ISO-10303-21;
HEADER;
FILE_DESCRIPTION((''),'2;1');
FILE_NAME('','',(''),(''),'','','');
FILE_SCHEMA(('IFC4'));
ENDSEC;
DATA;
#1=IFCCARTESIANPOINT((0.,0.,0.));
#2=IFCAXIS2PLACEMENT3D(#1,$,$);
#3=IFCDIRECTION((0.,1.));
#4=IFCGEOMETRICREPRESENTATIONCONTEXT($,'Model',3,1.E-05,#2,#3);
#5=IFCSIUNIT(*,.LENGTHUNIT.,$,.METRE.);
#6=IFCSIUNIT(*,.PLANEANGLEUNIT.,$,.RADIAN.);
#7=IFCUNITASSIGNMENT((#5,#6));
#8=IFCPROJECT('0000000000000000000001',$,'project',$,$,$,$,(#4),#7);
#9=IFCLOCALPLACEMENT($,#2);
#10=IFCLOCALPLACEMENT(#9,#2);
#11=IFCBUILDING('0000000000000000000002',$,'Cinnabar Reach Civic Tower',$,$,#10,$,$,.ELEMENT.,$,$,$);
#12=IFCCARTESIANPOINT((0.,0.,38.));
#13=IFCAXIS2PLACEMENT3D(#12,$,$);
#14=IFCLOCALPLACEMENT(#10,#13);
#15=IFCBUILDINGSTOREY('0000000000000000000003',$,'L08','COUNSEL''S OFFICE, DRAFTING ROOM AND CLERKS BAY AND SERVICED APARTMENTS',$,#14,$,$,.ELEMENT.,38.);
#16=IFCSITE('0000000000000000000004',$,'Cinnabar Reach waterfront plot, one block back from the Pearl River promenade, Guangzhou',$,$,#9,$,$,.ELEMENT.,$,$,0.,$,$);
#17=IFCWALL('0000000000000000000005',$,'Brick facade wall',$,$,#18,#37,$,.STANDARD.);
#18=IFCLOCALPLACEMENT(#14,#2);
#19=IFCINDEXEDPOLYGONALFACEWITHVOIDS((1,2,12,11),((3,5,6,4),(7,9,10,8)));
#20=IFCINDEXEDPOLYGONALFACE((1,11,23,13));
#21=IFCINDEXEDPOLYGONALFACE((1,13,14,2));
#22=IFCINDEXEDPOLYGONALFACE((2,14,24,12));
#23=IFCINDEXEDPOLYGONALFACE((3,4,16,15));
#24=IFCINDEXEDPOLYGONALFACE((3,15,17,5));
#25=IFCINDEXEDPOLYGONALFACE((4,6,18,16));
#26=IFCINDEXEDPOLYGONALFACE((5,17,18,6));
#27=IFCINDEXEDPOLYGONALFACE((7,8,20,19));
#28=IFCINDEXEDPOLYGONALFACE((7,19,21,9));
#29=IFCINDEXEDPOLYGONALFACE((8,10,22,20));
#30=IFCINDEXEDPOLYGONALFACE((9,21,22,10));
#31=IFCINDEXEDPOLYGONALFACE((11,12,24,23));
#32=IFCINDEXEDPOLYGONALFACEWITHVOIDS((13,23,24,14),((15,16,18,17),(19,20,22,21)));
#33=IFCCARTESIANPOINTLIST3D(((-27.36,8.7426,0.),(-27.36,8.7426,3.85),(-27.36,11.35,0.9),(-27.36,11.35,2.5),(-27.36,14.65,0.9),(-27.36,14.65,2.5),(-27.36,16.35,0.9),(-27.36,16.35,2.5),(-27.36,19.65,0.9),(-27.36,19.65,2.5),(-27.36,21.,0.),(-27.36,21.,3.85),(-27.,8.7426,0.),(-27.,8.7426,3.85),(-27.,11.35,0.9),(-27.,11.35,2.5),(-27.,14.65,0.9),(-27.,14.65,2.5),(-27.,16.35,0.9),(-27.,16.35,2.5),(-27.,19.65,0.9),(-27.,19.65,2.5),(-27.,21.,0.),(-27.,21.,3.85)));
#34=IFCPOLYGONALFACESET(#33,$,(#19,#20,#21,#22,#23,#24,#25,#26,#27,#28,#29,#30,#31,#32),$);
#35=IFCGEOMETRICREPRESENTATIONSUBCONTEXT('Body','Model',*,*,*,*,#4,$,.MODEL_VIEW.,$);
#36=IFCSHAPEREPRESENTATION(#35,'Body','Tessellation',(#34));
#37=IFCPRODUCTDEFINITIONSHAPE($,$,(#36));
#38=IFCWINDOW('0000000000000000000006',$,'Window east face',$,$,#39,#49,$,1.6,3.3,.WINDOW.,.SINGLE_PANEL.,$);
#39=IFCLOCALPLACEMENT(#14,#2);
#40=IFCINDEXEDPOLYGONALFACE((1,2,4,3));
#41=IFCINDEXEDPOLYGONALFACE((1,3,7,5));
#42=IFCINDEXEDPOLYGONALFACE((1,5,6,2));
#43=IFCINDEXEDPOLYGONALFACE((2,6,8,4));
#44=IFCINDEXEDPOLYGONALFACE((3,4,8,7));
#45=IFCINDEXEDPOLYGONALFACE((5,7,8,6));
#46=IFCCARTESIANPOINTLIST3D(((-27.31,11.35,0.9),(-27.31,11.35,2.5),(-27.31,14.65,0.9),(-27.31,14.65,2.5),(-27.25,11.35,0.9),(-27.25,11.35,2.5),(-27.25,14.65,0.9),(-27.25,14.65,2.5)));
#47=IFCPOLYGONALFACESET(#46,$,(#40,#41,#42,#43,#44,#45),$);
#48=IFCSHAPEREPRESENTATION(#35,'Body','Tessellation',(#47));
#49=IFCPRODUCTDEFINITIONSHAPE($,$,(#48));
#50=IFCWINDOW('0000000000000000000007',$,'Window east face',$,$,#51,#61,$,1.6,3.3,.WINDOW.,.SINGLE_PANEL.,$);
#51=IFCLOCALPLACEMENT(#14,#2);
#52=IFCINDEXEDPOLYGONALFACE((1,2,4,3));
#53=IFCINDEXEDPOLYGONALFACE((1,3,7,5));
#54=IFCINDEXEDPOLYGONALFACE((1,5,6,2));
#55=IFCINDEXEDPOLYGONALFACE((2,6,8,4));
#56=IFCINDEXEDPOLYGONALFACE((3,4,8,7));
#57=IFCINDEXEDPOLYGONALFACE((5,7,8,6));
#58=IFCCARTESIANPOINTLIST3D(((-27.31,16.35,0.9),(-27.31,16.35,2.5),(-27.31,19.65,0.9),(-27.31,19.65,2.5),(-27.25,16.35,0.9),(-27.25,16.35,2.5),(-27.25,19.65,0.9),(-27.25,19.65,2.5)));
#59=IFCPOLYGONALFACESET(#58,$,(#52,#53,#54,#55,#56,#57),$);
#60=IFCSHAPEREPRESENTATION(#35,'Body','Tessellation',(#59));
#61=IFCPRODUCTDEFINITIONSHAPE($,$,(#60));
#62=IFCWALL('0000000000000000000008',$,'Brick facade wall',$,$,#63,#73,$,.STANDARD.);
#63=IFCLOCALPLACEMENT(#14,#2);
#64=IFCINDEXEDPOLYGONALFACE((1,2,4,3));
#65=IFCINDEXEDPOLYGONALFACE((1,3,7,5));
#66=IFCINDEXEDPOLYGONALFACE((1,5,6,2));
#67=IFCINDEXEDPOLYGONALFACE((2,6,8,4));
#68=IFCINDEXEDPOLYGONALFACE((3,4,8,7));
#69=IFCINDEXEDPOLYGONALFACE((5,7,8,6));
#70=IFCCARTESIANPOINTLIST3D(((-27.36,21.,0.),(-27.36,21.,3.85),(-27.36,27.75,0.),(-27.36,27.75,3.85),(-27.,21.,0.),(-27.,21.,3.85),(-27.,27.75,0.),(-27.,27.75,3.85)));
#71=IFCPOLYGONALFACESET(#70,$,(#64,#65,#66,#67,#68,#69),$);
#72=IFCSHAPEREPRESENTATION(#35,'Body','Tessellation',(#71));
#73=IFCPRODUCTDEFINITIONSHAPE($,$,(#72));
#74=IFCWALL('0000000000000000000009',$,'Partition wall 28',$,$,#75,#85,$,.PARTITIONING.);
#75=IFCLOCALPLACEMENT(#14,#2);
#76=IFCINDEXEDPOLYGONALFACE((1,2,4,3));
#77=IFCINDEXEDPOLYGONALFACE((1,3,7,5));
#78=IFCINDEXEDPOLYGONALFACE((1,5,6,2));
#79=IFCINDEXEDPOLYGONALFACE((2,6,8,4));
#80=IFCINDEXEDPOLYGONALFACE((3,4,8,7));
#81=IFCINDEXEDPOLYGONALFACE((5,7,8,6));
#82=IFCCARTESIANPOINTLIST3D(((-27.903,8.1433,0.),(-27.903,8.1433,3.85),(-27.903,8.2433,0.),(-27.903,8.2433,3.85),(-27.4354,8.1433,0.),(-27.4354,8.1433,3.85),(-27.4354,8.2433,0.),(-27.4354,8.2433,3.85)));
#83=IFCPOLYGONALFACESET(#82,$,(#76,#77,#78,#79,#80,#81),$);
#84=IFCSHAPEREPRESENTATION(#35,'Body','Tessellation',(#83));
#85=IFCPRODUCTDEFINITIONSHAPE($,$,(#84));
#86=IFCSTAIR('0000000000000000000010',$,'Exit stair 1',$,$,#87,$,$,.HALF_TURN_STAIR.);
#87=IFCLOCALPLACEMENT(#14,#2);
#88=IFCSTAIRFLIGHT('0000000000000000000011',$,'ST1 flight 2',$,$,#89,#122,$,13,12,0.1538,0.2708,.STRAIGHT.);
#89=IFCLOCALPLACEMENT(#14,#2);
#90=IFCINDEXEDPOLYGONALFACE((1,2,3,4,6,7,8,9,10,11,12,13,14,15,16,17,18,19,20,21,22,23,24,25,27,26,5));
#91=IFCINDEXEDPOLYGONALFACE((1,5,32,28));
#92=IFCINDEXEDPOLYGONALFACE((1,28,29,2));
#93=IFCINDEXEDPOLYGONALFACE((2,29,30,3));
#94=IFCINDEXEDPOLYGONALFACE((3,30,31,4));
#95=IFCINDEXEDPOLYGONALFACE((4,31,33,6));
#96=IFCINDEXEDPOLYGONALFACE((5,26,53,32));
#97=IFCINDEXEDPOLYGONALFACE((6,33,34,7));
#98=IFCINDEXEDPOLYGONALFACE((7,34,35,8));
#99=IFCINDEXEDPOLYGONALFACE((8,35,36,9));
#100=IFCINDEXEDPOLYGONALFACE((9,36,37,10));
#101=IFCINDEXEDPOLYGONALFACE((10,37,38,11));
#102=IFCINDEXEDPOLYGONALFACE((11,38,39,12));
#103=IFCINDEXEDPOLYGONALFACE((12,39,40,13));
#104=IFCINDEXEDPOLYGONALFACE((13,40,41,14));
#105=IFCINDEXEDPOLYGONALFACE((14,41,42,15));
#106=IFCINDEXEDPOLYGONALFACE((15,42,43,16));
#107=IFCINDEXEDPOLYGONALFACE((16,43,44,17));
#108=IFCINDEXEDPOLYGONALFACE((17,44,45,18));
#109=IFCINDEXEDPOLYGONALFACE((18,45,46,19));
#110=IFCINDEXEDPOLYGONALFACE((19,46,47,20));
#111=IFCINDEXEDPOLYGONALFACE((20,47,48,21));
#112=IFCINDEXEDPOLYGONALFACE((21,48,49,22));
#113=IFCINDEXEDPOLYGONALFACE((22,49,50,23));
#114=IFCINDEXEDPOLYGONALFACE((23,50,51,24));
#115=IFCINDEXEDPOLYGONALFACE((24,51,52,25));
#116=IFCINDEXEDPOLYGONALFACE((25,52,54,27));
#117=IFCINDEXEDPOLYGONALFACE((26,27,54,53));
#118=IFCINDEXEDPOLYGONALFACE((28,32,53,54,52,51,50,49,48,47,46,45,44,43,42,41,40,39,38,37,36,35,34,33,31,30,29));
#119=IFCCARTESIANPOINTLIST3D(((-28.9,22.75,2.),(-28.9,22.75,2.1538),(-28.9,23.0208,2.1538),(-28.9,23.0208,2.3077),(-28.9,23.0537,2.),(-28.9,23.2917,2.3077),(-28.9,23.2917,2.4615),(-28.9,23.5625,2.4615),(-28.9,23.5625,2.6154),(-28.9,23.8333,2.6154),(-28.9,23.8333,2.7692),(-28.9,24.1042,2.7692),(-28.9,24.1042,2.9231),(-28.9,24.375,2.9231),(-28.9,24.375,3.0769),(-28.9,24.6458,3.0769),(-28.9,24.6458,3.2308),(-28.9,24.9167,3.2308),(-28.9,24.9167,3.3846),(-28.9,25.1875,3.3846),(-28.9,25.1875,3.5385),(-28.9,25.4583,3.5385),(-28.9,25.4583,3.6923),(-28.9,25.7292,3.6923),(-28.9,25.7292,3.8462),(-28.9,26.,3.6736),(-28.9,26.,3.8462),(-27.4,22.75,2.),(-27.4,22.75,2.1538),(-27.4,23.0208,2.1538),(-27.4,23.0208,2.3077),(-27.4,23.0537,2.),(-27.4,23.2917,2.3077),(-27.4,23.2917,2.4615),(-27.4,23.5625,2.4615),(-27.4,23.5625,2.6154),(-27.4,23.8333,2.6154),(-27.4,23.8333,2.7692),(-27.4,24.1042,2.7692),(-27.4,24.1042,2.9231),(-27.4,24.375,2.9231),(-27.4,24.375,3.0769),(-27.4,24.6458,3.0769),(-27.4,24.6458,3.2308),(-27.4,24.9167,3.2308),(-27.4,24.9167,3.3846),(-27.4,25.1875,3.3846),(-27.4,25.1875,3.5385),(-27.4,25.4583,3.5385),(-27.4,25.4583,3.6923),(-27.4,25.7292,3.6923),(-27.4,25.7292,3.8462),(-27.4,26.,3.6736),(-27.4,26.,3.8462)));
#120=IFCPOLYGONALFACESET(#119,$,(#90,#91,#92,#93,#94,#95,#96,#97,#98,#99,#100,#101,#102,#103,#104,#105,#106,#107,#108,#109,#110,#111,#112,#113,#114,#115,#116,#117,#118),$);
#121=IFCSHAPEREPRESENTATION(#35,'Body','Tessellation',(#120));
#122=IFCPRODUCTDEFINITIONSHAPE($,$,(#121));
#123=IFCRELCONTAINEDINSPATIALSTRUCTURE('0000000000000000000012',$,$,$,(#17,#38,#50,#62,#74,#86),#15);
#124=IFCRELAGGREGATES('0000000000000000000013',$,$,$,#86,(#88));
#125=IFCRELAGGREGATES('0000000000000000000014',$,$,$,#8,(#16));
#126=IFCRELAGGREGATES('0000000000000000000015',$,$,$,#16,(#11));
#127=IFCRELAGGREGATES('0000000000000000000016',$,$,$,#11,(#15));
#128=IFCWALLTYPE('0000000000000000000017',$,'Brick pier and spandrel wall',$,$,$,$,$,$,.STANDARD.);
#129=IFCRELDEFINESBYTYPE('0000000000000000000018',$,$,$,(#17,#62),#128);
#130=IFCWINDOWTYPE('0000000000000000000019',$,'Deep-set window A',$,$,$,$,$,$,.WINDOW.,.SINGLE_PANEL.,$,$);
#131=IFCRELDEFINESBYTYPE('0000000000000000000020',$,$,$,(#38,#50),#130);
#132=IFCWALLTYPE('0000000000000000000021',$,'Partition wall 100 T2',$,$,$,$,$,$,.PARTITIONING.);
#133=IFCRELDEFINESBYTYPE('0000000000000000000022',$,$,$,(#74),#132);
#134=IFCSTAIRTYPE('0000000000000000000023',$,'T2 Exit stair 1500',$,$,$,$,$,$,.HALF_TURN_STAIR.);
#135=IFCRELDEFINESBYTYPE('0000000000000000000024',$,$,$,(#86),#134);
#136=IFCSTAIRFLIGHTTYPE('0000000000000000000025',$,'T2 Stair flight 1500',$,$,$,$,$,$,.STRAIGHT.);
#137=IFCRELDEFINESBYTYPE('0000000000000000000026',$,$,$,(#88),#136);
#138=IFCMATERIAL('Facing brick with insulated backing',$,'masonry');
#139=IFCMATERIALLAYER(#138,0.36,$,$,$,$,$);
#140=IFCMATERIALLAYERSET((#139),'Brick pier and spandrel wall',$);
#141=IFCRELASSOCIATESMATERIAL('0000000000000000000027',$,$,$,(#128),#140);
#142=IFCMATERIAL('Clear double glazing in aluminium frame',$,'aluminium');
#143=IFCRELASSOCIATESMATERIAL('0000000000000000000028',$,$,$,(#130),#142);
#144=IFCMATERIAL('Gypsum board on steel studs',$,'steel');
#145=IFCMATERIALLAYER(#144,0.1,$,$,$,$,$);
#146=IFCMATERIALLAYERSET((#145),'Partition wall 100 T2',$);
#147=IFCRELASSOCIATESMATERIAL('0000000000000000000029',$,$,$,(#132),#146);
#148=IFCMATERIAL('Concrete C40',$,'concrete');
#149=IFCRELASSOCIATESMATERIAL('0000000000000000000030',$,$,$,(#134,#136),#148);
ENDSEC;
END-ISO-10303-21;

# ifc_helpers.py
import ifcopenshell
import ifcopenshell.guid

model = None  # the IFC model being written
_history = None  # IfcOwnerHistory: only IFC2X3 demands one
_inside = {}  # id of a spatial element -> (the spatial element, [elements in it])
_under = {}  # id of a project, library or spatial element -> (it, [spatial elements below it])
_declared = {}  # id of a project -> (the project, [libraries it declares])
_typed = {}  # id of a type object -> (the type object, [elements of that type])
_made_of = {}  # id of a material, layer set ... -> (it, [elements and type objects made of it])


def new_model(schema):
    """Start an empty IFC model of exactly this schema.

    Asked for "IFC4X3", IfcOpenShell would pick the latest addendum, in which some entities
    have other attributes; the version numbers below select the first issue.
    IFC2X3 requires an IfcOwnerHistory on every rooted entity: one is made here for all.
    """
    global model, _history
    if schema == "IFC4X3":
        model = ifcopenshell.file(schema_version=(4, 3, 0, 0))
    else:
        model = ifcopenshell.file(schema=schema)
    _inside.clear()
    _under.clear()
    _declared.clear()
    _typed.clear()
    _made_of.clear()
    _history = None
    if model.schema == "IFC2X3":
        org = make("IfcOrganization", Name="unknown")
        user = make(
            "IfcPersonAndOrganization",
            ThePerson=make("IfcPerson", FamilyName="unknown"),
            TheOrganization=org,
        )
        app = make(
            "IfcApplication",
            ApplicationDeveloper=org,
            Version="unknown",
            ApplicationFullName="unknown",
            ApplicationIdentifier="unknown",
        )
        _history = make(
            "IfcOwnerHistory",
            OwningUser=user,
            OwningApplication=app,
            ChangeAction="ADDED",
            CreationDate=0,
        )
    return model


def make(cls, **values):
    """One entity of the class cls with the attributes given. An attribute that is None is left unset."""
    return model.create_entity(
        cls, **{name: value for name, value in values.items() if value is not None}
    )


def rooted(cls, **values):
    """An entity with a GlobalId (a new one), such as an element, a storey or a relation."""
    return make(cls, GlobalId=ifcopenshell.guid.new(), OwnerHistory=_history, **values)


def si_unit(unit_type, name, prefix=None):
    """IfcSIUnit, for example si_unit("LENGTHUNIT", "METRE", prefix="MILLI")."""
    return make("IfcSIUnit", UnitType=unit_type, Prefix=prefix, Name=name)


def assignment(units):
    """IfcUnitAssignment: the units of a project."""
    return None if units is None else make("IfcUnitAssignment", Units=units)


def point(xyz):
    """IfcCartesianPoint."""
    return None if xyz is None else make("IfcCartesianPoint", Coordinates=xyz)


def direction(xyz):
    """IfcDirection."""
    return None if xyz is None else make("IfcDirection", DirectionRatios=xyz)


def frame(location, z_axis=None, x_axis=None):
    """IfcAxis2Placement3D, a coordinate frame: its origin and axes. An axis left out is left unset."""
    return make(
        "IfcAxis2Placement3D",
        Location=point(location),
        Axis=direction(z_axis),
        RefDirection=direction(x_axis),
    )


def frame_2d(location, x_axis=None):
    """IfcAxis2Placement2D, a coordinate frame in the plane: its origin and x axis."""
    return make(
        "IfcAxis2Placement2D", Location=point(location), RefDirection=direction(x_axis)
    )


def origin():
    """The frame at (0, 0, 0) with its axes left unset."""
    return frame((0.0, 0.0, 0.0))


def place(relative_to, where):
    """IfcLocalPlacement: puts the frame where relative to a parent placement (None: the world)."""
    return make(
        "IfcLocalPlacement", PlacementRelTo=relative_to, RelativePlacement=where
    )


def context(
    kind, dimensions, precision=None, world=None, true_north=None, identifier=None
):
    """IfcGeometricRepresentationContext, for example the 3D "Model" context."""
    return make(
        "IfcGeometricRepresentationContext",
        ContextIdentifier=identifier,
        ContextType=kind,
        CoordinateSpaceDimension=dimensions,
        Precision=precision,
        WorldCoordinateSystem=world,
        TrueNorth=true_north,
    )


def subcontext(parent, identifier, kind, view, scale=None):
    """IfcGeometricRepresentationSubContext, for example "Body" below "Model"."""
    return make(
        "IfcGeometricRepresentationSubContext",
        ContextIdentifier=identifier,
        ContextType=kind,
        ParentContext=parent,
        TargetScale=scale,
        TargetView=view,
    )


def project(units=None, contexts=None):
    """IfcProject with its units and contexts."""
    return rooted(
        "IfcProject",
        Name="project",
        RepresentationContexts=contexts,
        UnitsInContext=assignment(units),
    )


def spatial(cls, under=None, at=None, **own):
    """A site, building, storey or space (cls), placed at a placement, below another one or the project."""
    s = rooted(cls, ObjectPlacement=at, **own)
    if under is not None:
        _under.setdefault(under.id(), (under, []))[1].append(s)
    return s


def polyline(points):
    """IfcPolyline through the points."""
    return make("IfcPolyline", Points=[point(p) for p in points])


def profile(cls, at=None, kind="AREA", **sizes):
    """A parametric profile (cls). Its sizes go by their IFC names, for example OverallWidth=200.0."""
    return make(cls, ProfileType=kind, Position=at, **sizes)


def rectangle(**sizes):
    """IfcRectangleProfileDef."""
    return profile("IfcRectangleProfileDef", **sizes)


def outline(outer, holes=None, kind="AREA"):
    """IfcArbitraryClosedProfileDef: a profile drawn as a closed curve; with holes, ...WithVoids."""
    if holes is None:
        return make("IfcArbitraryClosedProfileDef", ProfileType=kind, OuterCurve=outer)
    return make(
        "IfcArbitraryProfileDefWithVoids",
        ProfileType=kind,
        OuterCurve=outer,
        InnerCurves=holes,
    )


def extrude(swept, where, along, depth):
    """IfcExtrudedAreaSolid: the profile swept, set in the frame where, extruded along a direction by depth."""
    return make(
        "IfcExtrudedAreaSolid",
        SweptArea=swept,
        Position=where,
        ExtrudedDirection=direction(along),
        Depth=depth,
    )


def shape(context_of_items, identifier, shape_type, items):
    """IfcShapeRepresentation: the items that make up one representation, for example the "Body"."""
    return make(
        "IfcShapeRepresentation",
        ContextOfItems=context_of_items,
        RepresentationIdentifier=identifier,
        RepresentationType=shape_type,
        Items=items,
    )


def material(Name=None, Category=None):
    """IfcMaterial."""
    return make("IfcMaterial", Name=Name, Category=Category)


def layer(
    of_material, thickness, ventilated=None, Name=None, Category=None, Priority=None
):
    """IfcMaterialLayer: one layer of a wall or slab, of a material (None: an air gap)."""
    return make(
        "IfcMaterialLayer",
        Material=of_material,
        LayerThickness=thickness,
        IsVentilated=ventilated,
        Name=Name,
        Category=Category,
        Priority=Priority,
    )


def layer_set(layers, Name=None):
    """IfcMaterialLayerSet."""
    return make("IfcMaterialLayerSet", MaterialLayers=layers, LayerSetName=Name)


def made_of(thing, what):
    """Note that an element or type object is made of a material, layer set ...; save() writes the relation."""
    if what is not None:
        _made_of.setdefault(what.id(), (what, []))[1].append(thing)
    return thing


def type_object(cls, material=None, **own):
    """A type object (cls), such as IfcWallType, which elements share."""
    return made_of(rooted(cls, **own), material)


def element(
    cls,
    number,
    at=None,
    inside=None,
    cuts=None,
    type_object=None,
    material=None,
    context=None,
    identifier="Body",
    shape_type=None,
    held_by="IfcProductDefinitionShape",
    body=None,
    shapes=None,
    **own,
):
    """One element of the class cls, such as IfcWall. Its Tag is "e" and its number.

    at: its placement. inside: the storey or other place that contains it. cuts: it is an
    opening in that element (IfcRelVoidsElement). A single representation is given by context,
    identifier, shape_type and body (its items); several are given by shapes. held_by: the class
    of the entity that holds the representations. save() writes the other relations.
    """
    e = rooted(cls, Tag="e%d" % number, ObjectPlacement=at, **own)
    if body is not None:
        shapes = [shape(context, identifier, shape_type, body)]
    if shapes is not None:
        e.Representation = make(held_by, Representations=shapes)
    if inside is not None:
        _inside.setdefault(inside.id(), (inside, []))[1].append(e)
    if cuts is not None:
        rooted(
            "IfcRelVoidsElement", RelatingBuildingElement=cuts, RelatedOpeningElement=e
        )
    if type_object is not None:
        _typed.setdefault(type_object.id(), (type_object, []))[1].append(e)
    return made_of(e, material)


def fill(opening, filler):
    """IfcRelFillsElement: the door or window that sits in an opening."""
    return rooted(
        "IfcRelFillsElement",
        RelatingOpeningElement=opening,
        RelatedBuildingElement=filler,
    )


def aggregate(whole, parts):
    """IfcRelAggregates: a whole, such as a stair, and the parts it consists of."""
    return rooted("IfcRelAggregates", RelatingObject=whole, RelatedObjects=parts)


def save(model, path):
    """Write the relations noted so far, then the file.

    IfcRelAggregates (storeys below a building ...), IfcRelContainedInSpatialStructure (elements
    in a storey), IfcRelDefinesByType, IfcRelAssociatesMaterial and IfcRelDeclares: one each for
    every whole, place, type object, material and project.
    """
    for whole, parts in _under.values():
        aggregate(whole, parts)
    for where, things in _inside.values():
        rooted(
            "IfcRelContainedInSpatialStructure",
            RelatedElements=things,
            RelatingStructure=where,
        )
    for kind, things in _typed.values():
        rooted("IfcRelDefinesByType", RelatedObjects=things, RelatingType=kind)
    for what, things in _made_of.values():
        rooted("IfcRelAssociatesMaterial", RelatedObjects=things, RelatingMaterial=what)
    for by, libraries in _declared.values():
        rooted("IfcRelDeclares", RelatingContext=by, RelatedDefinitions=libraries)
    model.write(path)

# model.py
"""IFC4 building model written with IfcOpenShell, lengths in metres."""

from ifc_helpers import new_model, si_unit, direction, frame, frame_2d, origin, place, context, subcontext, project, spatial, polyline, rectangle, outline, extrude, material, layer, layer_set, type_object, element, fill, aggregate, save


model = new_model("IFC4")

# Units and contexts
model_context = context("Model", 3, precision=1e-05, world=origin(), true_north=direction((0.0, 1.0)))
body_context = subcontext(model_context, "Body", "Model", "MODEL_VIEW")
ifc_project = project(units=[si_unit("LENGTHUNIT", "METRE"), si_unit("PLANEANGLEUNIT", "RADIAN")], contexts=[model_context])

# Site, building, storey
site_placement = place(None, origin())
site = spatial("IfcSite", under=ifc_project, at=site_placement, Name="Cinnabar Reach waterfront plot, one block back from the Pearl River promenade, Guangzhou", CompositionType="ELEMENT", RefElevation=0.0)
building_placement = place(site_placement, origin())
building = spatial("IfcBuilding", under=site, at=building_placement, Name="Cinnabar Reach Civic Tower", CompositionType="ELEMENT")
storey_placement = place(building_placement, frame((0.0, 0.0, 38.0)))
storey = spatial("IfcBuildingStorey", under=building, at=storey_placement, Name="L08", Description="COUNSEL'S OFFICE, DRAFTING ROOM AND CLERKS BAY AND SERVICED APARTMENTS", CompositionType="ELEMENT", Elevation=38.0)

# Shared definitions
ifc_material_1 = material(Name="Concrete C40", Category="concrete")

# Shared definitions
ifc_material_2 = material(Name="Facing brick with insulated backing", Category="masonry")

# Wall, openings, windows
ifc_layer_1 = layer(ifc_material_2, 0.36)
ifc_layer_set_1 = layer_set([ifc_layer_1], Name="Brick pier and spandrel wall")
wall_type_1 = type_object("IfcWallType", Name="Brick pier and spandrel wall", PredefinedType="STANDARD", material=ifc_layer_set_1)
wall_1_placement = place(storey_placement, frame((-27.18, 8.7426, 0.0), z_axis=(0.0, 0.0, 1.0), x_axis=(0.0, 1.0, 0.0)))
wall_1 = element("IfcWall", 1, at=wall_1_placement, inside=storey, type_object=wall_type_1, Name="Brick facade wall", PredefinedType="STANDARD", context=body_context, shape_type="SweptSolid", body=[
    extrude(rectangle(XDim=12.2574, YDim=0.36, at=frame_2d((6.1287, 0.0))), origin(), (0.0, 0.0, 1.0), 3.85),
])
opening_1_placement = place(wall_1_placement, frame((2.6074, 0.0, 0.9)))
opening_1 = element("IfcOpeningElement", 2, at=opening_1_placement, cuts=wall_1, PredefinedType="OPENING", context=body_context, shape_type="SweptSolid", body=[
    extrude(rectangle(XDim=3.3, YDim=1.6, at=frame_2d((1.65, 0.8))), frame((0.0, 0.19, 0.0), z_axis=(0.0, -1.0, 0.0), x_axis=(1.0, 0.0, 0.0)), (0.0, 0.0, 1.0), 0.38),
])
opening_2_placement = place(wall_1_placement, frame((7.6074, 0.0, 0.9)))
opening_2 = element("IfcOpeningElement", 3, at=opening_2_placement, cuts=wall_1, PredefinedType="OPENING", context=body_context, shape_type="SweptSolid", body=[
    extrude(rectangle(XDim=3.3, YDim=1.6, at=frame_2d((1.65, 0.8))), frame((0.0, 0.19, 0.0), z_axis=(0.0, -1.0, 0.0), x_axis=(1.0, 0.0, 0.0)), (0.0, 0.0, 1.0), 0.38),
])
ifc_material_3 = material(Name="Clear double glazing in aluminium frame", Category="aluminium")
window_type = type_object("IfcWindowType", Name="Deep-set window A", PartitioningType="SINGLE_PANEL", PredefinedType="WINDOW", material=ifc_material_3)
window_1_placement = place(opening_1_placement, origin())
window_1 = element("IfcWindow", 4, at=window_1_placement, inside=storey, type_object=window_type, Name="Window east face", OverallHeight=1.6, OverallWidth=3.3, PartitioningType="SINGLE_PANEL", PredefinedType="WINDOW", context=body_context, shape_type="SweptSolid", body=[
    extrude(rectangle(XDim=3.3, YDim=1.6, at=frame_2d((1.65, 0.8))), frame((0.0, 0.13, 0.0), z_axis=(0.0, -1.0, 0.0), x_axis=(1.0, 0.0, 0.0)), (0.0, 0.0, 1.0), 0.06),
])
fill(opening_1, window_1)
window_2_placement = place(opening_2_placement, origin())
window_2 = element("IfcWindow", 5, at=window_2_placement, inside=storey, type_object=window_type, Name="Window east face", OverallHeight=1.6, OverallWidth=3.3, PartitioningType="SINGLE_PANEL", PredefinedType="WINDOW", context=body_context, shape_type="SweptSolid", body=[
    extrude(rectangle(XDim=3.3, YDim=1.6, at=frame_2d((1.65, 0.8))), frame((0.0, 0.13, 0.0), z_axis=(0.0, -1.0, 0.0), x_axis=(1.0, 0.0, 0.0)), (0.0, 0.0, 1.0), 0.06),
])
fill(opening_2, window_2)

# Walls
wall_2_placement = place(storey_placement, frame((-27.18, 21.0, 0.0), z_axis=(0.0, 0.0, 1.0), x_axis=(0.0, 1.0, 0.0)))
element("IfcWall", 6, at=wall_2_placement, inside=storey, type_object=wall_type_1, Name="Brick facade wall", PredefinedType="STANDARD", context=body_context, shape_type="SweptSolid", body=[
    extrude(rectangle(XDim=6.75, YDim=0.36, at=frame_2d((3.375, 0.0))), origin(), (0.0, 0.0, 1.0), 3.85),
])
ifc_material_4 = material(Name="Gypsum board on steel studs", Category="steel")
ifc_layer_2 = layer(ifc_material_4, 0.1)
ifc_layer_set_2 = layer_set([ifc_layer_2], Name="Partition wall 100 T2")
wall_type_2 = type_object("IfcWallType", Name="Partition wall 100 T2", PredefinedType="PARTITIONING", material=ifc_layer_set_2)
wall_3_placement = place(storey_placement, frame((-27.9031, 8.1933, 0.0), z_axis=(0.0, 0.0, 1.0), x_axis=(1.0, 0.0, 0.0)))
element("IfcWall", 7, at=wall_3_placement, inside=storey, type_object=wall_type_2, Name="Partition wall 28", PredefinedType="PARTITIONING", context=body_context, shape_type="SweptSolid", body=[
    extrude(rectangle(XDim=0.4677, YDim=0.1, at=frame_2d((0.2339, 0.0))), origin(), (0.0, 0.0, 1.0), 3.85),
])

# Stair, stair flight
stair_type = type_object("IfcStairType", Name="T2 Exit stair 1500", PredefinedType="HALF_TURN_STAIR", material=ifc_material_1)
stair_placement = place(storey_placement, origin())
stair = element("IfcStair", 8, at=stair_placement, inside=storey, type_object=stair_type, Name="Exit stair 1", PredefinedType="HALF_TURN_STAIR")
stair_flight_type = type_object("IfcStairFlightType", Name="T2 Stair flight 1500", PredefinedType="STRAIGHT", material=ifc_material_1)
stair_flight_placement = place(storey_placement, frame((-28.15, 22.75, 2.0), z_axis=(0.0, 0.0, 1.0), x_axis=(0.0, 1.0, 0.0)))
stair_flight = element("IfcStairFlight", 9, at=stair_flight_placement, type_object=stair_flight_type, Name="ST1 flight 2", NumberOfRisers=13, NumberOfTreads=12, PredefinedType="STRAIGHT", RiserHeight=0.1538, TreadLength=0.2708, context=body_context, shape_type="SweptSolid", body=[
    extrude(outline(polyline([(0.0, 0.0), (0.0, 0.1538), (0.2708, 0.1538), (0.2708, 0.3077), (0.5417, 0.3077), (0.5417, 0.4615), (0.8125, 0.4615), (0.8125, 0.6154), (1.0833, 0.6154), (1.0833, 0.7692), (1.3542, 0.7692), (1.3542, 0.9231), (1.625, 0.9231), (1.625, 1.0769), (1.8958, 1.0769), (1.8958, 1.2308), (2.1667, 1.2308), (2.1667, 1.3846), (2.4375, 1.3846), (2.4375, 1.5385), (2.7083, 1.5385), (2.7083, 1.6923), (2.9792, 1.6923), (2.9792, 1.8462), (3.25, 1.8462), (3.25, 2.0), (3.25, 1.6736), (0.3037, 0.0), (0.0, 0.0)])), frame((0.0, 0.75, 0.0), z_axis=(0.0, -1.0, 0.0), x_axis=(1.0, 0.0, 0.0)), (0.0, 0.0, 1.0), 1.5),
])
aggregate(stair, [stair_flight])

save(model, "model.ifc")
